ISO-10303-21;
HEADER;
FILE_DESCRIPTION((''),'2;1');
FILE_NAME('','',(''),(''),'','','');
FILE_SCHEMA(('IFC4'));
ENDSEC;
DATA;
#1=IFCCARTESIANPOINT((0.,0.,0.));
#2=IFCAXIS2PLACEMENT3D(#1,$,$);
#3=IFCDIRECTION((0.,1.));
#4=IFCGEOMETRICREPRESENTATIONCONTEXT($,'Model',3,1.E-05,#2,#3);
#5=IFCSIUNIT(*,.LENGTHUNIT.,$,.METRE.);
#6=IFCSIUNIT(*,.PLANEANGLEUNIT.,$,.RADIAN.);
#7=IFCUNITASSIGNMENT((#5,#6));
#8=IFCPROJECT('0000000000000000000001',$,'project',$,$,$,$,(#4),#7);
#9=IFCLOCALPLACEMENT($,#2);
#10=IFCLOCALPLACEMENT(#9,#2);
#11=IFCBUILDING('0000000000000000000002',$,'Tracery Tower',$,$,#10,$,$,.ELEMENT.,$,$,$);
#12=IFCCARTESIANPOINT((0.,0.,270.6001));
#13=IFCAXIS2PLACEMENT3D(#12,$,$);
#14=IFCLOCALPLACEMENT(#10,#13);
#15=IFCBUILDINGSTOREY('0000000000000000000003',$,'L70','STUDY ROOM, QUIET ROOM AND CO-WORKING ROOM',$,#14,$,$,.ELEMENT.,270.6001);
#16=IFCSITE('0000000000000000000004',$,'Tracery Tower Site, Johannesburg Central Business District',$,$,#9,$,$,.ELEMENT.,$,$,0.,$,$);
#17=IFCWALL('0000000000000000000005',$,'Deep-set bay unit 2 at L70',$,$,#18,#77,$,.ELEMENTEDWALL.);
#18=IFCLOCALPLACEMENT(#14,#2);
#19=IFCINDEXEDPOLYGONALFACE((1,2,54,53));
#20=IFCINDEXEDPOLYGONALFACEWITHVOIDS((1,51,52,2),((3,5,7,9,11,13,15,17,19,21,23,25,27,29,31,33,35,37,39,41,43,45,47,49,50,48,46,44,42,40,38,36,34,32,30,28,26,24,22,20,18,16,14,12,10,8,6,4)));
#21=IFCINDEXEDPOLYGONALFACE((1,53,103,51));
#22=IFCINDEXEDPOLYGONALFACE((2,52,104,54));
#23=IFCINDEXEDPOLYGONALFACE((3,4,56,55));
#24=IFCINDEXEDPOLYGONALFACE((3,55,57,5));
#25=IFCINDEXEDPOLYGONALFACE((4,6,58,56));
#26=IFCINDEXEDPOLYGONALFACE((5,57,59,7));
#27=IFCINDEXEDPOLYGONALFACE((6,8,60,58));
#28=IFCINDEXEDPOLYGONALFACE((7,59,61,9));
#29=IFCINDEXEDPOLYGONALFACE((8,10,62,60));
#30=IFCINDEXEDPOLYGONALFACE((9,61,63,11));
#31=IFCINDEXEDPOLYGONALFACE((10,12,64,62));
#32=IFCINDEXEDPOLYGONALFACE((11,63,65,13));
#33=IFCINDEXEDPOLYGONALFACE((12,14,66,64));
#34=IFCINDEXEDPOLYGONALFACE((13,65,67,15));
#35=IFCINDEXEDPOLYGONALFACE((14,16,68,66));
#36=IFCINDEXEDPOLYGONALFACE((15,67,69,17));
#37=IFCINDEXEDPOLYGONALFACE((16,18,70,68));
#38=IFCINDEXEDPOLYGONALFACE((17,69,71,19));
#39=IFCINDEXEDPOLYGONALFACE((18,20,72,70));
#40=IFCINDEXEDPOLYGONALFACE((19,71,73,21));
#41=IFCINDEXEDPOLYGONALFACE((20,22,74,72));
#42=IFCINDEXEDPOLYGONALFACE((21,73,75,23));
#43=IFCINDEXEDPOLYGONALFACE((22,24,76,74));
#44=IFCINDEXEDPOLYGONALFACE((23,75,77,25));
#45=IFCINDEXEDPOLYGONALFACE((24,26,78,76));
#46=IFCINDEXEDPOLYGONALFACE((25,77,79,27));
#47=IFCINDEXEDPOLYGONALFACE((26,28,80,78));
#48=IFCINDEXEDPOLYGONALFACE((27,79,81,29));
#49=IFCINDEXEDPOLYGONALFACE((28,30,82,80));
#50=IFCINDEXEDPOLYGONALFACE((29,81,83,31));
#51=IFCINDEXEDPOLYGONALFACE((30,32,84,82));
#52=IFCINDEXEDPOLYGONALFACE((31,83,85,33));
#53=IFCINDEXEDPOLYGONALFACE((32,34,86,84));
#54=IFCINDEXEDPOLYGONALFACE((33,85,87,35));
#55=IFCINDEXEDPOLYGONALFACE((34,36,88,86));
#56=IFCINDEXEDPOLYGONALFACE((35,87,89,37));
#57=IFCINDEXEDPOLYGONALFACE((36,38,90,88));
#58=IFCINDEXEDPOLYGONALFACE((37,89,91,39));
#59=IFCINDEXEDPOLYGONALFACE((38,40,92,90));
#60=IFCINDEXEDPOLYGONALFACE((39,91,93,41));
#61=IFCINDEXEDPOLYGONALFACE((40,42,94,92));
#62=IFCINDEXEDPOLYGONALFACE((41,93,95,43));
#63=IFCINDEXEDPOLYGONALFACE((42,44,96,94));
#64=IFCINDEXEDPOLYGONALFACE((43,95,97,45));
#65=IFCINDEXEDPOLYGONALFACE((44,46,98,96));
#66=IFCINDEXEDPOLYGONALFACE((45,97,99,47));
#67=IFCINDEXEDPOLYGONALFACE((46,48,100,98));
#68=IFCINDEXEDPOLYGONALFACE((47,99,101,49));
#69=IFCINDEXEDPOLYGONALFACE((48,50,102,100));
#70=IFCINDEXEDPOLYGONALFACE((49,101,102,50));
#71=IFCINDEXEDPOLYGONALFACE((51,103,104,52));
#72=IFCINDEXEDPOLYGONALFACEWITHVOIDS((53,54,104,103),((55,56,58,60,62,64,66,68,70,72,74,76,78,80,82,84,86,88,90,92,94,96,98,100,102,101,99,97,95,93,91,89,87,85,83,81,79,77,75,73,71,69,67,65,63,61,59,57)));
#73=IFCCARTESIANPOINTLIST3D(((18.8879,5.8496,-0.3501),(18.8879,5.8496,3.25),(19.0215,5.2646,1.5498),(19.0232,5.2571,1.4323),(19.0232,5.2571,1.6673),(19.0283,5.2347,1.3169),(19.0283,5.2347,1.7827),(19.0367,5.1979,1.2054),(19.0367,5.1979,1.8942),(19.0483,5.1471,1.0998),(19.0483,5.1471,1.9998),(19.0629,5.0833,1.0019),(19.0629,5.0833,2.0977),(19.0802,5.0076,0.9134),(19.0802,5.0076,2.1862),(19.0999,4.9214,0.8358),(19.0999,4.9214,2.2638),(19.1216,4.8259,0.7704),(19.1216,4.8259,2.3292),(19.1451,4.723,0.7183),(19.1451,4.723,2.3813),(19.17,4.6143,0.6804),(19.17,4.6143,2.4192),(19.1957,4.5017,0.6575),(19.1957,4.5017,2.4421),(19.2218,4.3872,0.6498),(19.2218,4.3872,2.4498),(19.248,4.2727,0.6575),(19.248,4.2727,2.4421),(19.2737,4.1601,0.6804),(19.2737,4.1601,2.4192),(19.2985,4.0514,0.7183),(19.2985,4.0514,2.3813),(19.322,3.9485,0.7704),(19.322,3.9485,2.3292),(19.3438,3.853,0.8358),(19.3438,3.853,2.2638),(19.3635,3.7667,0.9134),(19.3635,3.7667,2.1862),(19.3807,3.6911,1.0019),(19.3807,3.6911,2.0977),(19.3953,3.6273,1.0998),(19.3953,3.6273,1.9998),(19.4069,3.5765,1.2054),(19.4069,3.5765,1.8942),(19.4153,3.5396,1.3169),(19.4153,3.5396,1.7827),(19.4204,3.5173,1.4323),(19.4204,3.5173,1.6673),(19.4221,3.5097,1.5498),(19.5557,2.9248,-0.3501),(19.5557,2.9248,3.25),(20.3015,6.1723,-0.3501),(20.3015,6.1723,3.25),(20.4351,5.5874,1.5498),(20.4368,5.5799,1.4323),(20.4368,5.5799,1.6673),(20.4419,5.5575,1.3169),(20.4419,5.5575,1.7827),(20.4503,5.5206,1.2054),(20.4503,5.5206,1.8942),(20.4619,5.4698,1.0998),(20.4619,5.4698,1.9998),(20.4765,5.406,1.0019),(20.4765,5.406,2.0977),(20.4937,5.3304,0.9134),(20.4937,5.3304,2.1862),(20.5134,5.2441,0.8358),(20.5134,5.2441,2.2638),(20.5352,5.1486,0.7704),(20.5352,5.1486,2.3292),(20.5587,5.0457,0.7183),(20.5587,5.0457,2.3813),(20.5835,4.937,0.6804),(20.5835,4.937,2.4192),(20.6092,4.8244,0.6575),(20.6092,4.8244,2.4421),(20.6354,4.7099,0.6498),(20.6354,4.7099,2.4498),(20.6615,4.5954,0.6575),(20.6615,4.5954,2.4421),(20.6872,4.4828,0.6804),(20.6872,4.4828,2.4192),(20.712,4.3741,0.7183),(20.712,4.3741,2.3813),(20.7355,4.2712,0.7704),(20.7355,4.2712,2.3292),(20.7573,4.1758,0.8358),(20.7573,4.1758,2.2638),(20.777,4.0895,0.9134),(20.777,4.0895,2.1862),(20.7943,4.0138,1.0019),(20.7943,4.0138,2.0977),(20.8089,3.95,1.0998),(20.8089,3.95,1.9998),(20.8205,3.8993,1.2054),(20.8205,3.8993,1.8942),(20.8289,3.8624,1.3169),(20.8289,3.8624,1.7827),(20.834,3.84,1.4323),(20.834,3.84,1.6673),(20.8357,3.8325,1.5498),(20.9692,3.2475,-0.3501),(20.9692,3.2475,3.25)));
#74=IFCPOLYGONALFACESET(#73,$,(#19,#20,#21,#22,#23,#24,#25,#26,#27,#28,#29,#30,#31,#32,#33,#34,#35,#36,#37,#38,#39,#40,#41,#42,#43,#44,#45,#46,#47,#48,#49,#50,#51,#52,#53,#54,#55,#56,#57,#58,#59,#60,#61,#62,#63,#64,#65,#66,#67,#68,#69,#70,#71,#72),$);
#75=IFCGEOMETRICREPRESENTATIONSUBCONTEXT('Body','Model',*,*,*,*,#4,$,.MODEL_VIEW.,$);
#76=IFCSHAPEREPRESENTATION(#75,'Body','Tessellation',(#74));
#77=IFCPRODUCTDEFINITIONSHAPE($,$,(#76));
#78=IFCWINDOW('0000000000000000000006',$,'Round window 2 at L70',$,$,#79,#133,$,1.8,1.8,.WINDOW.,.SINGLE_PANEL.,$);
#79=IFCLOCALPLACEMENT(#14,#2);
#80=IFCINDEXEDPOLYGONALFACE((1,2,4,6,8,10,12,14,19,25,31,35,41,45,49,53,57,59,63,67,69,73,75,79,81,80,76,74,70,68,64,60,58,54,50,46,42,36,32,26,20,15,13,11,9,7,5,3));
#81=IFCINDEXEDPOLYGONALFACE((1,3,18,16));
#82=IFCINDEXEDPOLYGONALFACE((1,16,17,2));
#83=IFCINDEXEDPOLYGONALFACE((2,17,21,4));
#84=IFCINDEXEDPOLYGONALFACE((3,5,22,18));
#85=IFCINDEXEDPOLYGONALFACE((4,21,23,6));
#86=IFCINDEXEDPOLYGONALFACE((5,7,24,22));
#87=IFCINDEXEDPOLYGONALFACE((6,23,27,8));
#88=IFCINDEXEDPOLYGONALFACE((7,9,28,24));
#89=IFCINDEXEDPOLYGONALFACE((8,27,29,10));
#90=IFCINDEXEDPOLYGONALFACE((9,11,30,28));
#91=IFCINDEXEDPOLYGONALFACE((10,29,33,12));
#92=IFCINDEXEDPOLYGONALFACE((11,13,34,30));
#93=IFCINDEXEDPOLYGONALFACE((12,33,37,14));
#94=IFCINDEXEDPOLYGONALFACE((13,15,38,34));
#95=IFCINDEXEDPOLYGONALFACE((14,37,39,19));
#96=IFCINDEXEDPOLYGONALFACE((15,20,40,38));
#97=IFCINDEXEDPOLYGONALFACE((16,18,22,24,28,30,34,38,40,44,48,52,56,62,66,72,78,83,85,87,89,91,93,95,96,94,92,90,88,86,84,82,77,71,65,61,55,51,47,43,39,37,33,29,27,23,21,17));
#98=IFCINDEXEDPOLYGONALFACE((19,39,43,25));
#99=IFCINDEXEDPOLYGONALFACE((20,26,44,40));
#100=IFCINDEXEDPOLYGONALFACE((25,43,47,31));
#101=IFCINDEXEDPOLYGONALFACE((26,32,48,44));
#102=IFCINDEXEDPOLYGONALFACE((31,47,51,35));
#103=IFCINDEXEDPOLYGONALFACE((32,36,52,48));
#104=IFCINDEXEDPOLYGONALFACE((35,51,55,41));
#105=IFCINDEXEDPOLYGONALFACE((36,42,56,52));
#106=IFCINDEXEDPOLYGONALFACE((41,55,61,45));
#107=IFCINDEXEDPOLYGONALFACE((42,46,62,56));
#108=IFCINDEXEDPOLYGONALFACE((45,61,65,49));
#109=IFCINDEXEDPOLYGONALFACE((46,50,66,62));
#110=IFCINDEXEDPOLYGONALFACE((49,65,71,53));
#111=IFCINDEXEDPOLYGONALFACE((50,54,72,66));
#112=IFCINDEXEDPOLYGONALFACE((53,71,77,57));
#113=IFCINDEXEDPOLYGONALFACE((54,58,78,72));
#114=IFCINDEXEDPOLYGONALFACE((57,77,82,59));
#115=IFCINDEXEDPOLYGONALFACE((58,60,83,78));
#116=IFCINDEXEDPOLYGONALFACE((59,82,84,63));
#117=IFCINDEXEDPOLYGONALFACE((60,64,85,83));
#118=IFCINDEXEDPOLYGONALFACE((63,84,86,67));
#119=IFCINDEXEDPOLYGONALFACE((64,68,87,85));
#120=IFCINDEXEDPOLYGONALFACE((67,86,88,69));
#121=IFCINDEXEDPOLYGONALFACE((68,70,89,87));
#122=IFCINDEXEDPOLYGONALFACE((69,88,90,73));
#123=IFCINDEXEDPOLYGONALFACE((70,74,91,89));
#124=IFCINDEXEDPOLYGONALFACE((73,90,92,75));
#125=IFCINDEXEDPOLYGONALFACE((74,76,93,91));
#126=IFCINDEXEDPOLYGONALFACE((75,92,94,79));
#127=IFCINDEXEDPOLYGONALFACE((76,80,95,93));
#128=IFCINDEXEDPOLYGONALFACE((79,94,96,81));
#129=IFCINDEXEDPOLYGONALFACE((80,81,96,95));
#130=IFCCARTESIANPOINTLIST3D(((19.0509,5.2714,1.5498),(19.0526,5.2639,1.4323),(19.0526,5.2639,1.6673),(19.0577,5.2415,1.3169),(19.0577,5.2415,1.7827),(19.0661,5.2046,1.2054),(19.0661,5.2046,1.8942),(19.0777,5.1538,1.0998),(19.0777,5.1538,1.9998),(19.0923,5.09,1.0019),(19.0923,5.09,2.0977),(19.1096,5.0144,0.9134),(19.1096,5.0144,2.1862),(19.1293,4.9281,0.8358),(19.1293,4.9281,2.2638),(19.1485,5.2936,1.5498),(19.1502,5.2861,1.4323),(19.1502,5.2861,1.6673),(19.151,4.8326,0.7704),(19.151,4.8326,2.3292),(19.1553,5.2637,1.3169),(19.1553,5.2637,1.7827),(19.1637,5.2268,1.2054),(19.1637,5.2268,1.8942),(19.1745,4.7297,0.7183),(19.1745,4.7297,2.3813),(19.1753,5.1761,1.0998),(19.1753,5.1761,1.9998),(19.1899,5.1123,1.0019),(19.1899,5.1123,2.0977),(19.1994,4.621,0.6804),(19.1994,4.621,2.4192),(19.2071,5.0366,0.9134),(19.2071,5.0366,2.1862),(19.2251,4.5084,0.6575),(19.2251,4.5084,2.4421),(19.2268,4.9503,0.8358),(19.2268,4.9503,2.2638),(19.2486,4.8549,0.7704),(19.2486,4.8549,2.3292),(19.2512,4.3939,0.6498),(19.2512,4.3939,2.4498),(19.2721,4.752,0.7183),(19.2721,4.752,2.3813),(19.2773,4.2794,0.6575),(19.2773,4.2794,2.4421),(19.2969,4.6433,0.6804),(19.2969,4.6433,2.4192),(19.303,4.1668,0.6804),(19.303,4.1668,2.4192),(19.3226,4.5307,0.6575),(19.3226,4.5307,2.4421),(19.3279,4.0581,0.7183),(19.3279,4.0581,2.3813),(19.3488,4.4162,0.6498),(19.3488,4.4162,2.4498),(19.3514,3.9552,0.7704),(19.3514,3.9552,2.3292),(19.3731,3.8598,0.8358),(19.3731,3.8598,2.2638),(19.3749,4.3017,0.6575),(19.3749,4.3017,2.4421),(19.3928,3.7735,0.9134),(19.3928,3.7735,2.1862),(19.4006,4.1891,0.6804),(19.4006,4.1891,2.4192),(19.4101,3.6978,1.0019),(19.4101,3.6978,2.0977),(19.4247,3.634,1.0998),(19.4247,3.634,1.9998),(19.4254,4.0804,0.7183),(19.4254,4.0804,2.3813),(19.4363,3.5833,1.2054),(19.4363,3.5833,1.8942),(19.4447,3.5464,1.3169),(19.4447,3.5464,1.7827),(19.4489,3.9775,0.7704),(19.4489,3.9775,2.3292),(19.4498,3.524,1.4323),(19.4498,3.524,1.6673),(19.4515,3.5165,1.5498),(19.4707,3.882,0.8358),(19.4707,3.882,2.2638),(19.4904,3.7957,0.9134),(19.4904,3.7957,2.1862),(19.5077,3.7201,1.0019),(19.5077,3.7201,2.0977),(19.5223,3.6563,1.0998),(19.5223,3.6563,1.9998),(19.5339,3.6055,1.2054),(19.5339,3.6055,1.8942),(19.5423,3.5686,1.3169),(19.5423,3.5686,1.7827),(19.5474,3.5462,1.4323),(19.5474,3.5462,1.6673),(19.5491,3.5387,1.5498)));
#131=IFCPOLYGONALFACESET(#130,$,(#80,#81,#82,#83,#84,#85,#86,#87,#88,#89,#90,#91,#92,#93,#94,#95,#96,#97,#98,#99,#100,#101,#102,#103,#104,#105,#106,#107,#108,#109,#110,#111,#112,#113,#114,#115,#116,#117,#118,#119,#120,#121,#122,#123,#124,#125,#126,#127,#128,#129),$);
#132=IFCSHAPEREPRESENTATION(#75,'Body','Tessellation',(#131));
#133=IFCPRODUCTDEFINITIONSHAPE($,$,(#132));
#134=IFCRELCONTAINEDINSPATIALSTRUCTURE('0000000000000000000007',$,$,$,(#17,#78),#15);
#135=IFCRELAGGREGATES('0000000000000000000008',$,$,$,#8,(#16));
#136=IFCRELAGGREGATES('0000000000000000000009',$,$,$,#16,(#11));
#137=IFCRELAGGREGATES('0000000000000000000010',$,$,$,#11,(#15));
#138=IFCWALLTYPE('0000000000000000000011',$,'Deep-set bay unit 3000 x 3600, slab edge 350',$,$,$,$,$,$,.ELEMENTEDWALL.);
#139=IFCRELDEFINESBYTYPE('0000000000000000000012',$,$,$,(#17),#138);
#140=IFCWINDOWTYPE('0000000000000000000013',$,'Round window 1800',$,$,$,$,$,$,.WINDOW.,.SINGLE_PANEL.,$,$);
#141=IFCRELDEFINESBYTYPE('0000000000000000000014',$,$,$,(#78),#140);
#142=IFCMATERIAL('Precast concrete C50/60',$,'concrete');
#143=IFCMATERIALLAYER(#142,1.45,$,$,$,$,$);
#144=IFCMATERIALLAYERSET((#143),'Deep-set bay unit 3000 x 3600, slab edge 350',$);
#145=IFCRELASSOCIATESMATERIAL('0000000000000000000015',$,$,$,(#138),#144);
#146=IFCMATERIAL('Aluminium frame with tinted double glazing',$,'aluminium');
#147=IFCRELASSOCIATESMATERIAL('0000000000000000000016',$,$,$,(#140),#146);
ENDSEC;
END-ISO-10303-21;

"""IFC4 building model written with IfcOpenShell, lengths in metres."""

from ifc_helpers import new_model, si_unit, direction, frame, frame_2d, origin, origin_2d, place, context, subcontext, project, spatial, rectangle, circle, extrude, material, layer, layer_set, type_object, element, fill, save


model = new_model("IFC4")

# Units and contexts
model_context = context("Model", 3, precision=1e-05, world=origin(), true_north=direction((0.0, 1.0)))
body_context = subcontext(model_context, "Body", "Model", "MODEL_VIEW")
ifc_project = project(units=[si_unit("LENGTHUNIT", "METRE"), si_unit("PLANEANGLEUNIT", "RADIAN")], contexts=[model_context])

# Site, building, storey
site_placement = place(None, origin())
site = spatial("IfcSite", under=ifc_project, at=site_placement, Name="Tracery Tower Site, Johannesburg Central Business District", CompositionType="ELEMENT", RefElevation=0.0)
building_placement = place(site_placement, origin())
building = spatial("IfcBuilding", under=site, at=building_placement, Name="Tracery Tower", CompositionType="ELEMENT")
storey_placement = place(building_placement, frame((0.0, 0.0, 270.6001)))
storey = spatial("IfcBuildingStorey", under=building, at=storey_placement, Name="L70", Description="STUDY ROOM, QUIET ROOM AND CO-WORKING ROOM", CompositionType="ELEMENT", Elevation=270.6001)

# Wall, opening, window
ifc_material_1 = material(Name="Precast concrete C50/60", Category="concrete")
ifc_layer_1 = layer(ifc_material_1, 1.45)
ifc_layer_set_1 = layer_set([ifc_layer_1], Name="Deep-set bay unit 3000 x 3600, slab edge 350")
wall_type_1 = type_object("IfcWallType", Name="Deep-set bay unit 3000 x 3600, slab edge 350", PredefinedType="ELEMENTEDWALL", material=ifc_layer_set_1)
wall_1_placement = place(storey_placement, frame((20.2625, 3.0862, -0.3501), z_axis=(0.0, 0.0, 1.0), x_axis=(-0.222571, 0.974917, 0.0)))
wall_1 = element("IfcWall", 1, at=wall_1_placement, inside=storey, type_object=wall_type_1, Name="Deep-set bay unit 2 at L70", PredefinedType="ELEMENTEDWALL", context=body_context, shape_type="SweptSolid", body=[
    extrude(rectangle(XDim=3.0, YDim=1.45, at=frame_2d((1.5, 0.0))), origin(), (0.0, 0.0, 1.0), 3.6001),
])
opening_1_placement = place(wall_1_placement, frame((1.5, 0.0, 1.8999)))
opening_1 = element("IfcOpeningElement", 2, at=opening_1_placement, cuts=wall_1, PredefinedType="OPENING", context=body_context, shape_type="SweptSolid", body=[
    extrude(circle(Radius=0.9, at=origin_2d()), frame((0.0, 0.7349, 0.0), z_axis=(0.0, -1.0, 0.0), x_axis=(1.0, 0.0, 0.0)), (0.0, 0.0, 1.0), 1.47),
])
ifc_material_2 = material(Name="Aluminium frame with tinted double glazing", Category="aluminium")
window_type = type_object("IfcWindowType", Name="Round window 1800", PartitioningType="SINGLE_PANEL", PredefinedType="WINDOW", material=ifc_material_2)
window_1_placement = place(opening_1_placement, origin())
window_1 = element("IfcWindow", 3, at=window_1_placement, inside=storey, type_object=window_type, Name="Round window 2 at L70", OverallHeight=1.8, OverallWidth=1.8, PartitioningType="SINGLE_PANEL", PredefinedType="WINDOW", context=body_context, shape_type="SweptSolid", body=[
    extrude(circle(Radius=0.9, at=origin_2d()), frame((0.0, 0.6948, 0.0), z_axis=(0.0, -1.0, 0.0), x_axis=(1.0, 0.0, 0.0)), (0.0, 0.0, 1.0), 0.1001),
])
fill(opening_1, window_1)

save(model, "model.ifc")
